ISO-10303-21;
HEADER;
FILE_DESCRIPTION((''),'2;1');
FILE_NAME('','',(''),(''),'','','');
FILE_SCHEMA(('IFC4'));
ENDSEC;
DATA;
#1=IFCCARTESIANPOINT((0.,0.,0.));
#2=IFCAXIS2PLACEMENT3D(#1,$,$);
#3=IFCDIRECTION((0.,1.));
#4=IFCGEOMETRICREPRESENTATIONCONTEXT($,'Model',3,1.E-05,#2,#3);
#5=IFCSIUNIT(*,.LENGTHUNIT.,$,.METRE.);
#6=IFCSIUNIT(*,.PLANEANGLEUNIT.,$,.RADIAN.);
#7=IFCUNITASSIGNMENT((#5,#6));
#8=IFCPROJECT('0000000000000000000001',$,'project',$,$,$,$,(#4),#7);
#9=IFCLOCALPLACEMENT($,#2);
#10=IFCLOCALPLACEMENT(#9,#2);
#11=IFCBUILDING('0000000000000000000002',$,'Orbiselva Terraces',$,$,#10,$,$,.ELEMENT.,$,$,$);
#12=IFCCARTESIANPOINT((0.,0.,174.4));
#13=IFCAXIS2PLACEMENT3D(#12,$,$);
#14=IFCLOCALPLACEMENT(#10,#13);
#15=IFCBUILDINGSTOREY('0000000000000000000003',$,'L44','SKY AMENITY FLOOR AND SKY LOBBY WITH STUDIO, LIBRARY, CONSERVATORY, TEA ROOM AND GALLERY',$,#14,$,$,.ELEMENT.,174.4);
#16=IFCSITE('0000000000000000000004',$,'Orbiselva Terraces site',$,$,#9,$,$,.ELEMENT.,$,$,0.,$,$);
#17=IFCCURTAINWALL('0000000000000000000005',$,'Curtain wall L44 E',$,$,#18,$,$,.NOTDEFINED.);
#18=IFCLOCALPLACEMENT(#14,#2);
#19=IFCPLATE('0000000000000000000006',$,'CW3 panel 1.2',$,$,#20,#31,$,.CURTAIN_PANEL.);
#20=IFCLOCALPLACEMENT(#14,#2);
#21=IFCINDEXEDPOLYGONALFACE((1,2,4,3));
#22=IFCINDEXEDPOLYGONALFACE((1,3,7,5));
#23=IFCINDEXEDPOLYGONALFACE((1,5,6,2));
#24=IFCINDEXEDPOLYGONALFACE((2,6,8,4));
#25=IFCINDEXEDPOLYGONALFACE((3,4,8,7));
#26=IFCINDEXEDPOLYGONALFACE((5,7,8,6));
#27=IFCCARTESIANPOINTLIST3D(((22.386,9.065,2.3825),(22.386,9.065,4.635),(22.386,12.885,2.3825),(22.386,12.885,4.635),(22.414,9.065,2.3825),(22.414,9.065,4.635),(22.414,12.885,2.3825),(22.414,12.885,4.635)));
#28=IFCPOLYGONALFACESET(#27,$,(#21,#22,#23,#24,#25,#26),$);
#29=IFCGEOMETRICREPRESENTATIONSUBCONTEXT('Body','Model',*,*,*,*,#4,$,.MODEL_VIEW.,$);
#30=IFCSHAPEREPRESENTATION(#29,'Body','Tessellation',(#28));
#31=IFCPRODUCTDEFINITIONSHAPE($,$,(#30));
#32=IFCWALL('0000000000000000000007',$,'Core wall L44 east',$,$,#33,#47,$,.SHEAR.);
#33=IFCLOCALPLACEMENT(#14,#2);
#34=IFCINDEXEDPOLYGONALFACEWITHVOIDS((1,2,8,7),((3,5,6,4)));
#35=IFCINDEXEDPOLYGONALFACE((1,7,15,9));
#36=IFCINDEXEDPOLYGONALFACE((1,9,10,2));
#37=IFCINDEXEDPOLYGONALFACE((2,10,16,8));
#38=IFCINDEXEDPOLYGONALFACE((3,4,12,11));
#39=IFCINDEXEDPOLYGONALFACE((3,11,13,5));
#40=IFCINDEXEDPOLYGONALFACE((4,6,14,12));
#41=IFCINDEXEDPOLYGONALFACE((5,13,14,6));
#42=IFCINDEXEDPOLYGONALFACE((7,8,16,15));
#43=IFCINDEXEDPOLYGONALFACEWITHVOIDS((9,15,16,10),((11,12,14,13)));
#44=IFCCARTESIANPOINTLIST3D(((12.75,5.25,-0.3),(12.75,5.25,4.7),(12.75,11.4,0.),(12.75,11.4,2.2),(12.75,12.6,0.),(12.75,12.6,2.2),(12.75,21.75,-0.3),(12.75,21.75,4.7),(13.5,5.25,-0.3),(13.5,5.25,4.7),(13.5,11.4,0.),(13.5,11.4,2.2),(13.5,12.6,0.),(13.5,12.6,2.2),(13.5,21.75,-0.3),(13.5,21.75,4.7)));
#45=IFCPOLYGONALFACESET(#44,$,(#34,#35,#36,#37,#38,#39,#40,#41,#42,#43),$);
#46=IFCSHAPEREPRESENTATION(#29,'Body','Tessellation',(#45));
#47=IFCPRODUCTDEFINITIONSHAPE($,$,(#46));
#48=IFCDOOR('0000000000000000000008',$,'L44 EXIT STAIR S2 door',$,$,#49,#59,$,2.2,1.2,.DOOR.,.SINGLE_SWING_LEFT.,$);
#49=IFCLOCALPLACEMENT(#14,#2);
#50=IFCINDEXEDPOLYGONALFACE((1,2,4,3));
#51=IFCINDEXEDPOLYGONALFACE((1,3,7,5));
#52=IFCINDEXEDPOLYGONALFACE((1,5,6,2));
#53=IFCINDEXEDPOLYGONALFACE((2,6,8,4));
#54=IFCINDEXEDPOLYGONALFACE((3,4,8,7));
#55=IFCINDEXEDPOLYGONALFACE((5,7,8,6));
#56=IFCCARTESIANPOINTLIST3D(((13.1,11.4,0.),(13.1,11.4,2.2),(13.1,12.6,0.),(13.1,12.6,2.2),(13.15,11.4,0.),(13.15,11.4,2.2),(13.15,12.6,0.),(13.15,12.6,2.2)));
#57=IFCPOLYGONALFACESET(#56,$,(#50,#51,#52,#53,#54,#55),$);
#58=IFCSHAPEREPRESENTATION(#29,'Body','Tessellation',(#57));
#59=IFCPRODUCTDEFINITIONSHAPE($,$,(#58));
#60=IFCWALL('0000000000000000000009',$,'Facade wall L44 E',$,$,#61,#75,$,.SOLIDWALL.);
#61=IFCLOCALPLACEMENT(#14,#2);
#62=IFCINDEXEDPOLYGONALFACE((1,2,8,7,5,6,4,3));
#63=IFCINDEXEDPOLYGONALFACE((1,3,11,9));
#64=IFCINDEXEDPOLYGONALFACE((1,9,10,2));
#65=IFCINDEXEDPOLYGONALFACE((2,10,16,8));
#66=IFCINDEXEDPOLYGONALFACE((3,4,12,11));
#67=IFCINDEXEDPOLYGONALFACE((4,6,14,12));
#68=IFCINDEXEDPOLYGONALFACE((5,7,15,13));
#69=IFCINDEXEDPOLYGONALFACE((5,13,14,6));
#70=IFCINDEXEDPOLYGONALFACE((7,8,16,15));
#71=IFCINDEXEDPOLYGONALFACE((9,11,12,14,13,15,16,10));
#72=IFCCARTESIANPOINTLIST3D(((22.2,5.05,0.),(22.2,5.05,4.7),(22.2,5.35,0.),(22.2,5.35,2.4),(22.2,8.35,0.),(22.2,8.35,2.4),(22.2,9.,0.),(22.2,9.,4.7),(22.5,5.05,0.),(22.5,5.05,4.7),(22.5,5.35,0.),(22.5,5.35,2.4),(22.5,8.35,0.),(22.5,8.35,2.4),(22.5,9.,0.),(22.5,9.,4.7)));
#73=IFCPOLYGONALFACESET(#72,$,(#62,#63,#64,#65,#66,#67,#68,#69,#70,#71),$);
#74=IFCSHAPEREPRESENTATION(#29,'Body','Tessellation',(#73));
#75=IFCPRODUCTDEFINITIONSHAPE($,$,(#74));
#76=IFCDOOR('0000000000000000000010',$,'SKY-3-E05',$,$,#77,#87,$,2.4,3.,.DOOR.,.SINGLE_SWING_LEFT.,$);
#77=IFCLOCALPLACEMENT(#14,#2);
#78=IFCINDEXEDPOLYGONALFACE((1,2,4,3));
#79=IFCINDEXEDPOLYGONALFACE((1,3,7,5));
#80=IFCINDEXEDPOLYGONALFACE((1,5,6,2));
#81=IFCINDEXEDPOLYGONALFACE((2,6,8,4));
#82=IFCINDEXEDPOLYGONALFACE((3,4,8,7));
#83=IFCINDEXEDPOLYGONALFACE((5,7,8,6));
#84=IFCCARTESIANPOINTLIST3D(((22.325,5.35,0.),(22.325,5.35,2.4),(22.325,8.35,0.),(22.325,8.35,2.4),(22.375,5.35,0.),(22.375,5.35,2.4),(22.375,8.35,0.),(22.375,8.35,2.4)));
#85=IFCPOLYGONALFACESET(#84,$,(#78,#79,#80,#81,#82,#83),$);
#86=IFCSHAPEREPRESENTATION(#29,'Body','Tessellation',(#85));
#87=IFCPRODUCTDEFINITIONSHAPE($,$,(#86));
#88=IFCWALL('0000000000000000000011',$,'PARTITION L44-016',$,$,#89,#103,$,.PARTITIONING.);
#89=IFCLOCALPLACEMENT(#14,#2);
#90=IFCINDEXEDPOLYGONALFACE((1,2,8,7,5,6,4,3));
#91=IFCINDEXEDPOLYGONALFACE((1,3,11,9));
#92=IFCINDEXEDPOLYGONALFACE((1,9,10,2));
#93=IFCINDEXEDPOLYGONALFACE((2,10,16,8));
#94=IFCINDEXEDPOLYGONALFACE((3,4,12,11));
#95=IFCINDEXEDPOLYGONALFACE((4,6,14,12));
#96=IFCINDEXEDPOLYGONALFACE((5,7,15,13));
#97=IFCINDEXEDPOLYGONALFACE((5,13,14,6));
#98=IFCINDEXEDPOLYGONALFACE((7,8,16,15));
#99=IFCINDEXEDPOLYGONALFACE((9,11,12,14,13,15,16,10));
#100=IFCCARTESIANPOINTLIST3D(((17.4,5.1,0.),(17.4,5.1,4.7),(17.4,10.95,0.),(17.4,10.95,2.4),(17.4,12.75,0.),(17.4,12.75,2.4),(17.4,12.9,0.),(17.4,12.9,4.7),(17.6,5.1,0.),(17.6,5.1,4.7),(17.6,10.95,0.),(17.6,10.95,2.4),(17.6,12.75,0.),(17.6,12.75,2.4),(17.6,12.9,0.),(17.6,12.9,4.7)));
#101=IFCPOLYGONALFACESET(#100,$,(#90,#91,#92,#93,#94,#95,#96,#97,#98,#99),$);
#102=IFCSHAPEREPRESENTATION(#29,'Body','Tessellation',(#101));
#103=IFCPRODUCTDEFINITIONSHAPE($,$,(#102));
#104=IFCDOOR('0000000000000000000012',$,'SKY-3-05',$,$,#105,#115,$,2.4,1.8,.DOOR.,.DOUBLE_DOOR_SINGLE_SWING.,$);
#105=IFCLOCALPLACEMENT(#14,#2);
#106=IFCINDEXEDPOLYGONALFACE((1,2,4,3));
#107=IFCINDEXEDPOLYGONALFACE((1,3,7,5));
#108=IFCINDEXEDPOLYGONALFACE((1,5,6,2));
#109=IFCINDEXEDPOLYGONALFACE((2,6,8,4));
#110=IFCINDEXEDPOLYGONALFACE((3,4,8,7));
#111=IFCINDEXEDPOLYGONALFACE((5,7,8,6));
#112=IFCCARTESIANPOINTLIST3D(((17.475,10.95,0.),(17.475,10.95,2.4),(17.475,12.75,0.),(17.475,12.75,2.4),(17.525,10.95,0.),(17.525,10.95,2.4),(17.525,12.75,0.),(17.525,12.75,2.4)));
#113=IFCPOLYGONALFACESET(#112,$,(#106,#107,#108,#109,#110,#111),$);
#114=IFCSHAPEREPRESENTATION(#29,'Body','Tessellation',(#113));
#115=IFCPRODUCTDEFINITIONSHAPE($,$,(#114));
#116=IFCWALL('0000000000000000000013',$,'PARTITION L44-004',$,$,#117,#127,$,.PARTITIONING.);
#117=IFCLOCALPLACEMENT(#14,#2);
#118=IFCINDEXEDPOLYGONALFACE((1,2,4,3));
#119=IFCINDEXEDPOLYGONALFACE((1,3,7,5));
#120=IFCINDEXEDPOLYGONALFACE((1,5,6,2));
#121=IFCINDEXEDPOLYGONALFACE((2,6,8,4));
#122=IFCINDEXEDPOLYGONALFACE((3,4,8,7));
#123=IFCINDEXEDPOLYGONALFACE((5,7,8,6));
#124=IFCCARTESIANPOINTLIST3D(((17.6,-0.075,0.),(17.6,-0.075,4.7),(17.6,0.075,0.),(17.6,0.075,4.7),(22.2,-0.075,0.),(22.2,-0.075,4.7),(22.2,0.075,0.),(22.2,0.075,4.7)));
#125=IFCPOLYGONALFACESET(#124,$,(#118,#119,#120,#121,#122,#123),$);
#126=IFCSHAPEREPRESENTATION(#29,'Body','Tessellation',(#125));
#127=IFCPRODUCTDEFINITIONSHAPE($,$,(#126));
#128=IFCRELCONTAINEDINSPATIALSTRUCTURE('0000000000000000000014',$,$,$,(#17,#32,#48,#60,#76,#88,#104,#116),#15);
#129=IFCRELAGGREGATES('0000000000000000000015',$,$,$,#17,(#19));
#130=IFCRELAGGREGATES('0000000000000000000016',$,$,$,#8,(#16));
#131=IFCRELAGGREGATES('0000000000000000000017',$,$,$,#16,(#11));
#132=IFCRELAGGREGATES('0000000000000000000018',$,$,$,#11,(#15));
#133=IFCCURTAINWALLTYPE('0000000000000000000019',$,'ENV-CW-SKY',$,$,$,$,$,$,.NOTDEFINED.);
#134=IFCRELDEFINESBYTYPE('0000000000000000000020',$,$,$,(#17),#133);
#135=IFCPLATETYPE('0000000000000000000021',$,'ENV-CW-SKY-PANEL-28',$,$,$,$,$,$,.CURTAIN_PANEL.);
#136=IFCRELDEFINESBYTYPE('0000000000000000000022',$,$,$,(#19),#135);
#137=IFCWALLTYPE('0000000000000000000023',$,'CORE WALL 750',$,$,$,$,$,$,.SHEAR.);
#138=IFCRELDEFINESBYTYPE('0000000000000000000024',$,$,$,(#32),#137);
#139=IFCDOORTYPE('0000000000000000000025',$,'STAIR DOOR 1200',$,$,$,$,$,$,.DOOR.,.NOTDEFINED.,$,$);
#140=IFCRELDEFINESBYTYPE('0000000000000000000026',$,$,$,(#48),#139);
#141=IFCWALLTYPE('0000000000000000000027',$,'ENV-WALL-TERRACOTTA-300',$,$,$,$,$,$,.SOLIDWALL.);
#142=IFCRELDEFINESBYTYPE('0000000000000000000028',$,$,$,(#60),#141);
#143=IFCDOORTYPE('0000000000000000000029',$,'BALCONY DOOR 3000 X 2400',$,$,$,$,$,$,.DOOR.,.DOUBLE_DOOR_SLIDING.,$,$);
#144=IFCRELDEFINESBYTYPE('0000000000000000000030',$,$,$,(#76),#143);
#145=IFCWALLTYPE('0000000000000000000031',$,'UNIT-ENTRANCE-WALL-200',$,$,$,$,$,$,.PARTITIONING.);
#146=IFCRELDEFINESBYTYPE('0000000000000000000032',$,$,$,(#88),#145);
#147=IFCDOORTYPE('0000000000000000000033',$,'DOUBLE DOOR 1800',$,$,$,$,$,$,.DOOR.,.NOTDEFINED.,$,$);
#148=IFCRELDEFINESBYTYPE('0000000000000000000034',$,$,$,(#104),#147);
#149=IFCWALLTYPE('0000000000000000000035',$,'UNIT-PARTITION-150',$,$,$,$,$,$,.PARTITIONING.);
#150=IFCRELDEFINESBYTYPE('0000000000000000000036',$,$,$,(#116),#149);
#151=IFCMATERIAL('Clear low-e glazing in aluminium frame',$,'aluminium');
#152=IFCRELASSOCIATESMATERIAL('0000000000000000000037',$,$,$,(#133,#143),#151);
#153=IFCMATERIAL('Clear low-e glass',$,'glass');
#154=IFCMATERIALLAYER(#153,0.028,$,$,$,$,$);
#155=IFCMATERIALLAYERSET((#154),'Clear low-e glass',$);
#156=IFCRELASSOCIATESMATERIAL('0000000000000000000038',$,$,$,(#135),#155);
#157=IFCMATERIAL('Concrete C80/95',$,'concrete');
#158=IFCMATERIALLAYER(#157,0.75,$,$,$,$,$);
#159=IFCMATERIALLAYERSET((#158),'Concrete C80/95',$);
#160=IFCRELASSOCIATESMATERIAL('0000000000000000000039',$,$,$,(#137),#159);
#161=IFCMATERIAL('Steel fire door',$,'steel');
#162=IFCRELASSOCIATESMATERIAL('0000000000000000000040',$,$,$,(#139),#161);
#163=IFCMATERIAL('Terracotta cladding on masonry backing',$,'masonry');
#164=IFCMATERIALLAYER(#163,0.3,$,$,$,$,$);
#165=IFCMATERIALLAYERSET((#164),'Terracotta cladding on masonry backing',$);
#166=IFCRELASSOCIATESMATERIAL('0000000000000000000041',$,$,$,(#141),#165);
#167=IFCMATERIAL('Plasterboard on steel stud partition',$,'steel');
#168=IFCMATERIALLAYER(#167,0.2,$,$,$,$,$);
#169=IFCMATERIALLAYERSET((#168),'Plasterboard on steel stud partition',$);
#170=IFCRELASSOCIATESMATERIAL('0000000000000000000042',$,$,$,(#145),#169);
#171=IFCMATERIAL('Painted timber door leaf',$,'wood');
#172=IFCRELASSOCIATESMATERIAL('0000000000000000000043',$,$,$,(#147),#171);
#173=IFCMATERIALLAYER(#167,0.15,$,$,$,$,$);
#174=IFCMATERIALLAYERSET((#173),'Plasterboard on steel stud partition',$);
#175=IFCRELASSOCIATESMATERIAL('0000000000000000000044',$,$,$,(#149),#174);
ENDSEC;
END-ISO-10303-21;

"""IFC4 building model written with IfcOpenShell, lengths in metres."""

from ifc_helpers import new_model, si_unit, direction, frame, frame_2d, origin, origin_2d, place, context, subcontext, project, spatial, rectangle, extrude, material, layer, layer_set, type_object, element, fill, aggregate, save


model = new_model("IFC4")

# Units and contexts
model_context = context("Model", 3, precision=1e-05, world=origin(), true_north=direction((0.0, 1.0)))
body_context = subcontext(model_context, "Body", "Model", "MODEL_VIEW")
ifc_project = project(units=[si_unit("LENGTHUNIT", "METRE"), si_unit("PLANEANGLEUNIT", "RADIAN")], contexts=[model_context])

# Site, building, storey
site_placement = place(None, origin())
site = spatial("IfcSite", under=ifc_project, at=site_placement, Name="Orbiselva Terraces site", CompositionType="ELEMENT", RefElevation=0.0)
building_placement = place(site_placement, origin())
building = spatial("IfcBuilding", under=site, at=building_placement, Name="Orbiselva Terraces", CompositionType="ELEMENT")
storey_placement = place(building_placement, frame((0.0, 0.0, 174.4)))
storey = spatial("IfcBuildingStorey", under=building, at=storey_placement, Name="L44", Description="SKY AMENITY FLOOR AND SKY LOBBY WITH STUDIO, LIBRARY, CONSERVATORY, TEA ROOM AND GALLERY", CompositionType="ELEMENT", Elevation=174.4)

# Shared definitions
ifc_material_1 = material(Name="Clear low-e glazing in aluminium frame", Category="aluminium")
curtain_wall_type = type_object("IfcCurtainWallType", Name="ENV-CW-SKY", PredefinedType="NOTDEFINED", material=ifc_material_1)

# Curtain wall
curtain_wall_1_placement = place(storey_placement, origin())
curtain_wall_1 = element("IfcCurtainWall", 1, at=curtain_wall_1_placement, inside=storey, type_object=curtain_wall_type, Name="Curtain wall L44 E", PredefinedType="NOTDEFINED")

# Plate
ifc_material_2 = material(Name="Clear low-e glass", Category="glass")
ifc_layer_1 = layer(ifc_material_2, 0.028)
ifc_layer_set_1 = layer_set([ifc_layer_1], Name="Clear low-e glass")
plate_type = type_object("IfcPlateType", Name="ENV-CW-SKY-PANEL-28", PredefinedType="CURTAIN_PANEL", material=ifc_layer_set_1)
plate_1_placement = place(storey_placement, frame((22.4, 10.975, 2.3825), z_axis=(0.0, 0.0, 1.0), x_axis=(0.0, 1.0, 0.0)))
plate_1 = element("IfcPlate", 2, at=plate_1_placement, type_object=plate_type, Name="CW3 panel 1.2", PredefinedType="CURTAIN_PANEL", context=body_context, shape_type="SweptSolid", body=[
    extrude(rectangle(XDim=3.82, YDim=0.028, at=origin_2d()), origin(), (0.0, 0.0, 1.0), 2.2525),
])
aggregate(curtain_wall_1, [plate_1])

# Walls, openings, doors
ifc_material_3 = material(Name="Concrete C80/95", Category="concrete")
ifc_layer_2 = layer(ifc_material_3, 0.75)
ifc_layer_set_2 = layer_set([ifc_layer_2], Name="Concrete C80/95")
wall_type_1 = type_object("IfcWallType", Name="CORE WALL 750", PredefinedType="SHEAR", material=ifc_layer_set_2)
wall_1_placement = place(storey_placement, frame((13.125, 5.25, -0.3), z_axis=(0.0, 0.0, 1.0), x_axis=(0.0, 1.0, 0.0)))
wall_1 = element("IfcWall", 3, at=wall_1_placement, inside=storey, type_object=wall_type_1, Name="Core wall L44 east", PredefinedType="SHEAR", context=body_context, shape_type="SweptSolid", body=[
    extrude(rectangle(XDim=16.5, YDim=0.75, at=frame_2d((8.25, 0.0))), origin(), (0.0, 0.0, 1.0), 5.0),
])
opening_1_placement = place(wall_1_placement, frame((6.15, 0.0, 0.3)))
opening_1 = element("IfcOpeningElement", 4, at=opening_1_placement, cuts=wall_1, PredefinedType="OPENING", context=body_context, shape_type="SweptSolid", body=[
    extrude(rectangle(XDim=1.2, YDim=2.2, at=frame_2d((0.6, 1.1))), frame((0.0, 0.385, 0.0), z_axis=(0.0, -1.0, 0.0), x_axis=(1.0, 0.0, 0.0)), (0.0, 0.0, 1.0), 0.77),
])
ifc_material_4 = material(Name="Steel fire door", Category="steel")
door_type_1 = type_object("IfcDoorType", Name="STAIR DOOR 1200", OperationType="NOTDEFINED", PredefinedType="DOOR", material=ifc_material_4)
door_1_placement = place(opening_1_placement, frame((1.2, 0.0, 0.0), z_axis=(0.0, 0.0, 1.0), x_axis=(-1.0, 0.0, 0.0)))
door_1 = element("IfcDoor", 5, at=door_1_placement, inside=storey, type_object=door_type_1, Name="L44 EXIT STAIR S2 door", OperationType="SINGLE_SWING_LEFT", OverallHeight=2.2, OverallWidth=1.2, PredefinedType="DOOR", context=body_context, shape_type="SweptSolid", body=[
    extrude(rectangle(XDim=1.2, YDim=2.2, at=frame_2d((0.6, 1.1))), frame((0.0, 0.025, 0.0), z_axis=(0.0, -1.0, 0.0), x_axis=(1.0, 0.0, 0.0)), (0.0, 0.0, 1.0), 0.05),
])
fill(opening_1, door_1)
ifc_material_5 = material(Name="Terracotta cladding on masonry backing", Category="masonry")
ifc_layer_3 = layer(ifc_material_5, 0.3)
ifc_layer_set_3 = layer_set([ifc_layer_3], Name="Terracotta cladding on masonry backing")
wall_type_2 = type_object("IfcWallType", Name="ENV-WALL-TERRACOTTA-300", PredefinedType="SOLIDWALL", material=ifc_layer_set_3)
wall_2_placement = place(storey_placement, frame((22.35, 9.0, 0.0), z_axis=(0.0, 0.0, 1.0), x_axis=(0.0, -1.0, 0.0)))
wall_2 = element("IfcWall", 6, at=wall_2_placement, inside=storey, type_object=wall_type_2, Name="Facade wall L44 E", PredefinedType="SOLIDWALL", context=body_context, shape_type="SweptSolid", body=[
    extrude(rectangle(XDim=3.95, YDim=0.3, at=frame_2d((1.975, 0.0))), origin(), (0.0, 0.0, 1.0), 4.7),
])
opening_2_placement = place(wall_2_placement, frame((0.65, 0.0, 0.0)))
opening_2 = element("IfcOpeningElement", 7, at=opening_2_placement, cuts=wall_2, PredefinedType="OPENING", context=body_context, shape_type="SweptSolid", body=[
    extrude(rectangle(XDim=3.0, YDim=2.4, at=frame_2d((1.5, 1.2))), frame((0.0, 0.16, 0.0), z_axis=(0.0, -1.0, 0.0), x_axis=(1.0, 0.0, 0.0)), (0.0, 0.0, 1.0), 0.32),
])
door_type_2 = type_object("IfcDoorType", Name="BALCONY DOOR 3000 X 2400", OperationType="DOUBLE_DOOR_SLIDING", PredefinedType="DOOR", material=ifc_material_1)
door_2_placement = place(opening_2_placement, origin())
door_2 = element("IfcDoor", 8, at=door_2_placement, inside=storey, type_object=door_type_2, Name="SKY-3-E05", OperationType="SINGLE_SWING_LEFT", OverallHeight=2.4, OverallWidth=3.0, PredefinedType="DOOR", context=body_context, shape_type="SweptSolid", body=[
    extrude(rectangle(XDim=3.0, YDim=2.4, at=frame_2d((1.5, 1.2))), frame((0.0, 0.025, 0.0), z_axis=(0.0, -1.0, 0.0), x_axis=(1.0, 0.0, 0.0)), (0.0, 0.0, 1.0), 0.05),
])
fill(opening_2, door_2)
ifc_material_6 = material(Name="Plasterboard on steel stud partition", Category="steel")
ifc_layer_4 = layer(ifc_material_6, 0.2)
ifc_layer_set_4 = layer_set([ifc_layer_4], Name="Plasterboard on steel stud partition")
wall_type_3 = type_object("IfcWallType", Name="UNIT-ENTRANCE-WALL-200", PredefinedType="PARTITIONING", material=ifc_layer_set_4)
wall_3_placement = place(storey_placement, frame((17.5, 5.1, 0.0), z_axis=(0.0, 0.0, 1.0), x_axis=(0.0, 1.0, 0.0)))
wall_3 = element("IfcWall", 9, at=wall_3_placement, inside=storey, type_object=wall_type_3, Name="PARTITION L44-016", PredefinedType="PARTITIONING", context=body_context, shape_type="SweptSolid", body=[
    extrude(rectangle(XDim=7.8, YDim=0.2, at=frame_2d((3.9, 0.0))), origin(), (0.0, 0.0, 1.0), 4.7),
])
opening_3_placement = place(wall_3_placement, frame((5.85, 0.0, 0.0)))
opening_3 = element("IfcOpeningElement", 10, at=opening_3_placement, cuts=wall_3, PredefinedType="OPENING", context=body_context, shape_type="SweptSolid", body=[
    extrude(rectangle(XDim=1.8, YDim=2.4, at=frame_2d((0.9, 1.2))), frame((0.0, 0.11, 0.0), z_axis=(0.0, -1.0, 0.0), x_axis=(1.0, 0.0, 0.0)), (0.0, 0.0, 1.0), 0.22),
])
ifc_material_7 = material(Name="Painted timber door leaf", Category="wood")
door_type_3 = type_object("IfcDoorType", Name="DOUBLE DOOR 1800", OperationType="NOTDEFINED", PredefinedType="DOOR", material=ifc_material_7)
door_3_placement = place(opening_3_placement, origin())
door_3 = element("IfcDoor", 11, at=door_3_placement, inside=storey, type_object=door_type_3, Name="SKY-3-05", OperationType="DOUBLE_DOOR_SINGLE_SWING", OverallHeight=2.4, OverallWidth=1.8, PredefinedType="DOOR", context=body_context, shape_type="SweptSolid", body=[
    extrude(rectangle(XDim=1.8, YDim=2.4, at=frame_2d((0.9, 1.2))), frame((0.0, 0.025, 0.0), z_axis=(0.0, -1.0, 0.0), x_axis=(1.0, 0.0, 0.0)), (0.0, 0.0, 1.0), 0.05),
])
fill(opening_3, door_3)

# Wall
ifc_layer_5 = layer(ifc_material_6, 0.15)
ifc_layer_set_5 = layer_set([ifc_layer_5], Name="Plasterboard on steel stud partition")
wall_type_4 = type_object("IfcWallType", Name="UNIT-PARTITION-150", PredefinedType="PARTITIONING", material=ifc_layer_set_5)
wall_4_placement = place(storey_placement, frame((17.6, 0.0, 0.0), z_axis=(0.0, 0.0, 1.0), x_axis=(1.0, 0.0, 0.0)))
element("IfcWall", 12, at=wall_4_placement, inside=storey, type_object=wall_type_4, Name="PARTITION L44-004", PredefinedType="PARTITIONING", context=body_context, shape_type="SweptSolid", body=[
    extrude(rectangle(XDim=4.6, YDim=0.15, at=frame_2d((2.3, 0.0))), origin(), (0.0, 0.0, 1.0), 4.7),
])

save(model, "model.ifc")
